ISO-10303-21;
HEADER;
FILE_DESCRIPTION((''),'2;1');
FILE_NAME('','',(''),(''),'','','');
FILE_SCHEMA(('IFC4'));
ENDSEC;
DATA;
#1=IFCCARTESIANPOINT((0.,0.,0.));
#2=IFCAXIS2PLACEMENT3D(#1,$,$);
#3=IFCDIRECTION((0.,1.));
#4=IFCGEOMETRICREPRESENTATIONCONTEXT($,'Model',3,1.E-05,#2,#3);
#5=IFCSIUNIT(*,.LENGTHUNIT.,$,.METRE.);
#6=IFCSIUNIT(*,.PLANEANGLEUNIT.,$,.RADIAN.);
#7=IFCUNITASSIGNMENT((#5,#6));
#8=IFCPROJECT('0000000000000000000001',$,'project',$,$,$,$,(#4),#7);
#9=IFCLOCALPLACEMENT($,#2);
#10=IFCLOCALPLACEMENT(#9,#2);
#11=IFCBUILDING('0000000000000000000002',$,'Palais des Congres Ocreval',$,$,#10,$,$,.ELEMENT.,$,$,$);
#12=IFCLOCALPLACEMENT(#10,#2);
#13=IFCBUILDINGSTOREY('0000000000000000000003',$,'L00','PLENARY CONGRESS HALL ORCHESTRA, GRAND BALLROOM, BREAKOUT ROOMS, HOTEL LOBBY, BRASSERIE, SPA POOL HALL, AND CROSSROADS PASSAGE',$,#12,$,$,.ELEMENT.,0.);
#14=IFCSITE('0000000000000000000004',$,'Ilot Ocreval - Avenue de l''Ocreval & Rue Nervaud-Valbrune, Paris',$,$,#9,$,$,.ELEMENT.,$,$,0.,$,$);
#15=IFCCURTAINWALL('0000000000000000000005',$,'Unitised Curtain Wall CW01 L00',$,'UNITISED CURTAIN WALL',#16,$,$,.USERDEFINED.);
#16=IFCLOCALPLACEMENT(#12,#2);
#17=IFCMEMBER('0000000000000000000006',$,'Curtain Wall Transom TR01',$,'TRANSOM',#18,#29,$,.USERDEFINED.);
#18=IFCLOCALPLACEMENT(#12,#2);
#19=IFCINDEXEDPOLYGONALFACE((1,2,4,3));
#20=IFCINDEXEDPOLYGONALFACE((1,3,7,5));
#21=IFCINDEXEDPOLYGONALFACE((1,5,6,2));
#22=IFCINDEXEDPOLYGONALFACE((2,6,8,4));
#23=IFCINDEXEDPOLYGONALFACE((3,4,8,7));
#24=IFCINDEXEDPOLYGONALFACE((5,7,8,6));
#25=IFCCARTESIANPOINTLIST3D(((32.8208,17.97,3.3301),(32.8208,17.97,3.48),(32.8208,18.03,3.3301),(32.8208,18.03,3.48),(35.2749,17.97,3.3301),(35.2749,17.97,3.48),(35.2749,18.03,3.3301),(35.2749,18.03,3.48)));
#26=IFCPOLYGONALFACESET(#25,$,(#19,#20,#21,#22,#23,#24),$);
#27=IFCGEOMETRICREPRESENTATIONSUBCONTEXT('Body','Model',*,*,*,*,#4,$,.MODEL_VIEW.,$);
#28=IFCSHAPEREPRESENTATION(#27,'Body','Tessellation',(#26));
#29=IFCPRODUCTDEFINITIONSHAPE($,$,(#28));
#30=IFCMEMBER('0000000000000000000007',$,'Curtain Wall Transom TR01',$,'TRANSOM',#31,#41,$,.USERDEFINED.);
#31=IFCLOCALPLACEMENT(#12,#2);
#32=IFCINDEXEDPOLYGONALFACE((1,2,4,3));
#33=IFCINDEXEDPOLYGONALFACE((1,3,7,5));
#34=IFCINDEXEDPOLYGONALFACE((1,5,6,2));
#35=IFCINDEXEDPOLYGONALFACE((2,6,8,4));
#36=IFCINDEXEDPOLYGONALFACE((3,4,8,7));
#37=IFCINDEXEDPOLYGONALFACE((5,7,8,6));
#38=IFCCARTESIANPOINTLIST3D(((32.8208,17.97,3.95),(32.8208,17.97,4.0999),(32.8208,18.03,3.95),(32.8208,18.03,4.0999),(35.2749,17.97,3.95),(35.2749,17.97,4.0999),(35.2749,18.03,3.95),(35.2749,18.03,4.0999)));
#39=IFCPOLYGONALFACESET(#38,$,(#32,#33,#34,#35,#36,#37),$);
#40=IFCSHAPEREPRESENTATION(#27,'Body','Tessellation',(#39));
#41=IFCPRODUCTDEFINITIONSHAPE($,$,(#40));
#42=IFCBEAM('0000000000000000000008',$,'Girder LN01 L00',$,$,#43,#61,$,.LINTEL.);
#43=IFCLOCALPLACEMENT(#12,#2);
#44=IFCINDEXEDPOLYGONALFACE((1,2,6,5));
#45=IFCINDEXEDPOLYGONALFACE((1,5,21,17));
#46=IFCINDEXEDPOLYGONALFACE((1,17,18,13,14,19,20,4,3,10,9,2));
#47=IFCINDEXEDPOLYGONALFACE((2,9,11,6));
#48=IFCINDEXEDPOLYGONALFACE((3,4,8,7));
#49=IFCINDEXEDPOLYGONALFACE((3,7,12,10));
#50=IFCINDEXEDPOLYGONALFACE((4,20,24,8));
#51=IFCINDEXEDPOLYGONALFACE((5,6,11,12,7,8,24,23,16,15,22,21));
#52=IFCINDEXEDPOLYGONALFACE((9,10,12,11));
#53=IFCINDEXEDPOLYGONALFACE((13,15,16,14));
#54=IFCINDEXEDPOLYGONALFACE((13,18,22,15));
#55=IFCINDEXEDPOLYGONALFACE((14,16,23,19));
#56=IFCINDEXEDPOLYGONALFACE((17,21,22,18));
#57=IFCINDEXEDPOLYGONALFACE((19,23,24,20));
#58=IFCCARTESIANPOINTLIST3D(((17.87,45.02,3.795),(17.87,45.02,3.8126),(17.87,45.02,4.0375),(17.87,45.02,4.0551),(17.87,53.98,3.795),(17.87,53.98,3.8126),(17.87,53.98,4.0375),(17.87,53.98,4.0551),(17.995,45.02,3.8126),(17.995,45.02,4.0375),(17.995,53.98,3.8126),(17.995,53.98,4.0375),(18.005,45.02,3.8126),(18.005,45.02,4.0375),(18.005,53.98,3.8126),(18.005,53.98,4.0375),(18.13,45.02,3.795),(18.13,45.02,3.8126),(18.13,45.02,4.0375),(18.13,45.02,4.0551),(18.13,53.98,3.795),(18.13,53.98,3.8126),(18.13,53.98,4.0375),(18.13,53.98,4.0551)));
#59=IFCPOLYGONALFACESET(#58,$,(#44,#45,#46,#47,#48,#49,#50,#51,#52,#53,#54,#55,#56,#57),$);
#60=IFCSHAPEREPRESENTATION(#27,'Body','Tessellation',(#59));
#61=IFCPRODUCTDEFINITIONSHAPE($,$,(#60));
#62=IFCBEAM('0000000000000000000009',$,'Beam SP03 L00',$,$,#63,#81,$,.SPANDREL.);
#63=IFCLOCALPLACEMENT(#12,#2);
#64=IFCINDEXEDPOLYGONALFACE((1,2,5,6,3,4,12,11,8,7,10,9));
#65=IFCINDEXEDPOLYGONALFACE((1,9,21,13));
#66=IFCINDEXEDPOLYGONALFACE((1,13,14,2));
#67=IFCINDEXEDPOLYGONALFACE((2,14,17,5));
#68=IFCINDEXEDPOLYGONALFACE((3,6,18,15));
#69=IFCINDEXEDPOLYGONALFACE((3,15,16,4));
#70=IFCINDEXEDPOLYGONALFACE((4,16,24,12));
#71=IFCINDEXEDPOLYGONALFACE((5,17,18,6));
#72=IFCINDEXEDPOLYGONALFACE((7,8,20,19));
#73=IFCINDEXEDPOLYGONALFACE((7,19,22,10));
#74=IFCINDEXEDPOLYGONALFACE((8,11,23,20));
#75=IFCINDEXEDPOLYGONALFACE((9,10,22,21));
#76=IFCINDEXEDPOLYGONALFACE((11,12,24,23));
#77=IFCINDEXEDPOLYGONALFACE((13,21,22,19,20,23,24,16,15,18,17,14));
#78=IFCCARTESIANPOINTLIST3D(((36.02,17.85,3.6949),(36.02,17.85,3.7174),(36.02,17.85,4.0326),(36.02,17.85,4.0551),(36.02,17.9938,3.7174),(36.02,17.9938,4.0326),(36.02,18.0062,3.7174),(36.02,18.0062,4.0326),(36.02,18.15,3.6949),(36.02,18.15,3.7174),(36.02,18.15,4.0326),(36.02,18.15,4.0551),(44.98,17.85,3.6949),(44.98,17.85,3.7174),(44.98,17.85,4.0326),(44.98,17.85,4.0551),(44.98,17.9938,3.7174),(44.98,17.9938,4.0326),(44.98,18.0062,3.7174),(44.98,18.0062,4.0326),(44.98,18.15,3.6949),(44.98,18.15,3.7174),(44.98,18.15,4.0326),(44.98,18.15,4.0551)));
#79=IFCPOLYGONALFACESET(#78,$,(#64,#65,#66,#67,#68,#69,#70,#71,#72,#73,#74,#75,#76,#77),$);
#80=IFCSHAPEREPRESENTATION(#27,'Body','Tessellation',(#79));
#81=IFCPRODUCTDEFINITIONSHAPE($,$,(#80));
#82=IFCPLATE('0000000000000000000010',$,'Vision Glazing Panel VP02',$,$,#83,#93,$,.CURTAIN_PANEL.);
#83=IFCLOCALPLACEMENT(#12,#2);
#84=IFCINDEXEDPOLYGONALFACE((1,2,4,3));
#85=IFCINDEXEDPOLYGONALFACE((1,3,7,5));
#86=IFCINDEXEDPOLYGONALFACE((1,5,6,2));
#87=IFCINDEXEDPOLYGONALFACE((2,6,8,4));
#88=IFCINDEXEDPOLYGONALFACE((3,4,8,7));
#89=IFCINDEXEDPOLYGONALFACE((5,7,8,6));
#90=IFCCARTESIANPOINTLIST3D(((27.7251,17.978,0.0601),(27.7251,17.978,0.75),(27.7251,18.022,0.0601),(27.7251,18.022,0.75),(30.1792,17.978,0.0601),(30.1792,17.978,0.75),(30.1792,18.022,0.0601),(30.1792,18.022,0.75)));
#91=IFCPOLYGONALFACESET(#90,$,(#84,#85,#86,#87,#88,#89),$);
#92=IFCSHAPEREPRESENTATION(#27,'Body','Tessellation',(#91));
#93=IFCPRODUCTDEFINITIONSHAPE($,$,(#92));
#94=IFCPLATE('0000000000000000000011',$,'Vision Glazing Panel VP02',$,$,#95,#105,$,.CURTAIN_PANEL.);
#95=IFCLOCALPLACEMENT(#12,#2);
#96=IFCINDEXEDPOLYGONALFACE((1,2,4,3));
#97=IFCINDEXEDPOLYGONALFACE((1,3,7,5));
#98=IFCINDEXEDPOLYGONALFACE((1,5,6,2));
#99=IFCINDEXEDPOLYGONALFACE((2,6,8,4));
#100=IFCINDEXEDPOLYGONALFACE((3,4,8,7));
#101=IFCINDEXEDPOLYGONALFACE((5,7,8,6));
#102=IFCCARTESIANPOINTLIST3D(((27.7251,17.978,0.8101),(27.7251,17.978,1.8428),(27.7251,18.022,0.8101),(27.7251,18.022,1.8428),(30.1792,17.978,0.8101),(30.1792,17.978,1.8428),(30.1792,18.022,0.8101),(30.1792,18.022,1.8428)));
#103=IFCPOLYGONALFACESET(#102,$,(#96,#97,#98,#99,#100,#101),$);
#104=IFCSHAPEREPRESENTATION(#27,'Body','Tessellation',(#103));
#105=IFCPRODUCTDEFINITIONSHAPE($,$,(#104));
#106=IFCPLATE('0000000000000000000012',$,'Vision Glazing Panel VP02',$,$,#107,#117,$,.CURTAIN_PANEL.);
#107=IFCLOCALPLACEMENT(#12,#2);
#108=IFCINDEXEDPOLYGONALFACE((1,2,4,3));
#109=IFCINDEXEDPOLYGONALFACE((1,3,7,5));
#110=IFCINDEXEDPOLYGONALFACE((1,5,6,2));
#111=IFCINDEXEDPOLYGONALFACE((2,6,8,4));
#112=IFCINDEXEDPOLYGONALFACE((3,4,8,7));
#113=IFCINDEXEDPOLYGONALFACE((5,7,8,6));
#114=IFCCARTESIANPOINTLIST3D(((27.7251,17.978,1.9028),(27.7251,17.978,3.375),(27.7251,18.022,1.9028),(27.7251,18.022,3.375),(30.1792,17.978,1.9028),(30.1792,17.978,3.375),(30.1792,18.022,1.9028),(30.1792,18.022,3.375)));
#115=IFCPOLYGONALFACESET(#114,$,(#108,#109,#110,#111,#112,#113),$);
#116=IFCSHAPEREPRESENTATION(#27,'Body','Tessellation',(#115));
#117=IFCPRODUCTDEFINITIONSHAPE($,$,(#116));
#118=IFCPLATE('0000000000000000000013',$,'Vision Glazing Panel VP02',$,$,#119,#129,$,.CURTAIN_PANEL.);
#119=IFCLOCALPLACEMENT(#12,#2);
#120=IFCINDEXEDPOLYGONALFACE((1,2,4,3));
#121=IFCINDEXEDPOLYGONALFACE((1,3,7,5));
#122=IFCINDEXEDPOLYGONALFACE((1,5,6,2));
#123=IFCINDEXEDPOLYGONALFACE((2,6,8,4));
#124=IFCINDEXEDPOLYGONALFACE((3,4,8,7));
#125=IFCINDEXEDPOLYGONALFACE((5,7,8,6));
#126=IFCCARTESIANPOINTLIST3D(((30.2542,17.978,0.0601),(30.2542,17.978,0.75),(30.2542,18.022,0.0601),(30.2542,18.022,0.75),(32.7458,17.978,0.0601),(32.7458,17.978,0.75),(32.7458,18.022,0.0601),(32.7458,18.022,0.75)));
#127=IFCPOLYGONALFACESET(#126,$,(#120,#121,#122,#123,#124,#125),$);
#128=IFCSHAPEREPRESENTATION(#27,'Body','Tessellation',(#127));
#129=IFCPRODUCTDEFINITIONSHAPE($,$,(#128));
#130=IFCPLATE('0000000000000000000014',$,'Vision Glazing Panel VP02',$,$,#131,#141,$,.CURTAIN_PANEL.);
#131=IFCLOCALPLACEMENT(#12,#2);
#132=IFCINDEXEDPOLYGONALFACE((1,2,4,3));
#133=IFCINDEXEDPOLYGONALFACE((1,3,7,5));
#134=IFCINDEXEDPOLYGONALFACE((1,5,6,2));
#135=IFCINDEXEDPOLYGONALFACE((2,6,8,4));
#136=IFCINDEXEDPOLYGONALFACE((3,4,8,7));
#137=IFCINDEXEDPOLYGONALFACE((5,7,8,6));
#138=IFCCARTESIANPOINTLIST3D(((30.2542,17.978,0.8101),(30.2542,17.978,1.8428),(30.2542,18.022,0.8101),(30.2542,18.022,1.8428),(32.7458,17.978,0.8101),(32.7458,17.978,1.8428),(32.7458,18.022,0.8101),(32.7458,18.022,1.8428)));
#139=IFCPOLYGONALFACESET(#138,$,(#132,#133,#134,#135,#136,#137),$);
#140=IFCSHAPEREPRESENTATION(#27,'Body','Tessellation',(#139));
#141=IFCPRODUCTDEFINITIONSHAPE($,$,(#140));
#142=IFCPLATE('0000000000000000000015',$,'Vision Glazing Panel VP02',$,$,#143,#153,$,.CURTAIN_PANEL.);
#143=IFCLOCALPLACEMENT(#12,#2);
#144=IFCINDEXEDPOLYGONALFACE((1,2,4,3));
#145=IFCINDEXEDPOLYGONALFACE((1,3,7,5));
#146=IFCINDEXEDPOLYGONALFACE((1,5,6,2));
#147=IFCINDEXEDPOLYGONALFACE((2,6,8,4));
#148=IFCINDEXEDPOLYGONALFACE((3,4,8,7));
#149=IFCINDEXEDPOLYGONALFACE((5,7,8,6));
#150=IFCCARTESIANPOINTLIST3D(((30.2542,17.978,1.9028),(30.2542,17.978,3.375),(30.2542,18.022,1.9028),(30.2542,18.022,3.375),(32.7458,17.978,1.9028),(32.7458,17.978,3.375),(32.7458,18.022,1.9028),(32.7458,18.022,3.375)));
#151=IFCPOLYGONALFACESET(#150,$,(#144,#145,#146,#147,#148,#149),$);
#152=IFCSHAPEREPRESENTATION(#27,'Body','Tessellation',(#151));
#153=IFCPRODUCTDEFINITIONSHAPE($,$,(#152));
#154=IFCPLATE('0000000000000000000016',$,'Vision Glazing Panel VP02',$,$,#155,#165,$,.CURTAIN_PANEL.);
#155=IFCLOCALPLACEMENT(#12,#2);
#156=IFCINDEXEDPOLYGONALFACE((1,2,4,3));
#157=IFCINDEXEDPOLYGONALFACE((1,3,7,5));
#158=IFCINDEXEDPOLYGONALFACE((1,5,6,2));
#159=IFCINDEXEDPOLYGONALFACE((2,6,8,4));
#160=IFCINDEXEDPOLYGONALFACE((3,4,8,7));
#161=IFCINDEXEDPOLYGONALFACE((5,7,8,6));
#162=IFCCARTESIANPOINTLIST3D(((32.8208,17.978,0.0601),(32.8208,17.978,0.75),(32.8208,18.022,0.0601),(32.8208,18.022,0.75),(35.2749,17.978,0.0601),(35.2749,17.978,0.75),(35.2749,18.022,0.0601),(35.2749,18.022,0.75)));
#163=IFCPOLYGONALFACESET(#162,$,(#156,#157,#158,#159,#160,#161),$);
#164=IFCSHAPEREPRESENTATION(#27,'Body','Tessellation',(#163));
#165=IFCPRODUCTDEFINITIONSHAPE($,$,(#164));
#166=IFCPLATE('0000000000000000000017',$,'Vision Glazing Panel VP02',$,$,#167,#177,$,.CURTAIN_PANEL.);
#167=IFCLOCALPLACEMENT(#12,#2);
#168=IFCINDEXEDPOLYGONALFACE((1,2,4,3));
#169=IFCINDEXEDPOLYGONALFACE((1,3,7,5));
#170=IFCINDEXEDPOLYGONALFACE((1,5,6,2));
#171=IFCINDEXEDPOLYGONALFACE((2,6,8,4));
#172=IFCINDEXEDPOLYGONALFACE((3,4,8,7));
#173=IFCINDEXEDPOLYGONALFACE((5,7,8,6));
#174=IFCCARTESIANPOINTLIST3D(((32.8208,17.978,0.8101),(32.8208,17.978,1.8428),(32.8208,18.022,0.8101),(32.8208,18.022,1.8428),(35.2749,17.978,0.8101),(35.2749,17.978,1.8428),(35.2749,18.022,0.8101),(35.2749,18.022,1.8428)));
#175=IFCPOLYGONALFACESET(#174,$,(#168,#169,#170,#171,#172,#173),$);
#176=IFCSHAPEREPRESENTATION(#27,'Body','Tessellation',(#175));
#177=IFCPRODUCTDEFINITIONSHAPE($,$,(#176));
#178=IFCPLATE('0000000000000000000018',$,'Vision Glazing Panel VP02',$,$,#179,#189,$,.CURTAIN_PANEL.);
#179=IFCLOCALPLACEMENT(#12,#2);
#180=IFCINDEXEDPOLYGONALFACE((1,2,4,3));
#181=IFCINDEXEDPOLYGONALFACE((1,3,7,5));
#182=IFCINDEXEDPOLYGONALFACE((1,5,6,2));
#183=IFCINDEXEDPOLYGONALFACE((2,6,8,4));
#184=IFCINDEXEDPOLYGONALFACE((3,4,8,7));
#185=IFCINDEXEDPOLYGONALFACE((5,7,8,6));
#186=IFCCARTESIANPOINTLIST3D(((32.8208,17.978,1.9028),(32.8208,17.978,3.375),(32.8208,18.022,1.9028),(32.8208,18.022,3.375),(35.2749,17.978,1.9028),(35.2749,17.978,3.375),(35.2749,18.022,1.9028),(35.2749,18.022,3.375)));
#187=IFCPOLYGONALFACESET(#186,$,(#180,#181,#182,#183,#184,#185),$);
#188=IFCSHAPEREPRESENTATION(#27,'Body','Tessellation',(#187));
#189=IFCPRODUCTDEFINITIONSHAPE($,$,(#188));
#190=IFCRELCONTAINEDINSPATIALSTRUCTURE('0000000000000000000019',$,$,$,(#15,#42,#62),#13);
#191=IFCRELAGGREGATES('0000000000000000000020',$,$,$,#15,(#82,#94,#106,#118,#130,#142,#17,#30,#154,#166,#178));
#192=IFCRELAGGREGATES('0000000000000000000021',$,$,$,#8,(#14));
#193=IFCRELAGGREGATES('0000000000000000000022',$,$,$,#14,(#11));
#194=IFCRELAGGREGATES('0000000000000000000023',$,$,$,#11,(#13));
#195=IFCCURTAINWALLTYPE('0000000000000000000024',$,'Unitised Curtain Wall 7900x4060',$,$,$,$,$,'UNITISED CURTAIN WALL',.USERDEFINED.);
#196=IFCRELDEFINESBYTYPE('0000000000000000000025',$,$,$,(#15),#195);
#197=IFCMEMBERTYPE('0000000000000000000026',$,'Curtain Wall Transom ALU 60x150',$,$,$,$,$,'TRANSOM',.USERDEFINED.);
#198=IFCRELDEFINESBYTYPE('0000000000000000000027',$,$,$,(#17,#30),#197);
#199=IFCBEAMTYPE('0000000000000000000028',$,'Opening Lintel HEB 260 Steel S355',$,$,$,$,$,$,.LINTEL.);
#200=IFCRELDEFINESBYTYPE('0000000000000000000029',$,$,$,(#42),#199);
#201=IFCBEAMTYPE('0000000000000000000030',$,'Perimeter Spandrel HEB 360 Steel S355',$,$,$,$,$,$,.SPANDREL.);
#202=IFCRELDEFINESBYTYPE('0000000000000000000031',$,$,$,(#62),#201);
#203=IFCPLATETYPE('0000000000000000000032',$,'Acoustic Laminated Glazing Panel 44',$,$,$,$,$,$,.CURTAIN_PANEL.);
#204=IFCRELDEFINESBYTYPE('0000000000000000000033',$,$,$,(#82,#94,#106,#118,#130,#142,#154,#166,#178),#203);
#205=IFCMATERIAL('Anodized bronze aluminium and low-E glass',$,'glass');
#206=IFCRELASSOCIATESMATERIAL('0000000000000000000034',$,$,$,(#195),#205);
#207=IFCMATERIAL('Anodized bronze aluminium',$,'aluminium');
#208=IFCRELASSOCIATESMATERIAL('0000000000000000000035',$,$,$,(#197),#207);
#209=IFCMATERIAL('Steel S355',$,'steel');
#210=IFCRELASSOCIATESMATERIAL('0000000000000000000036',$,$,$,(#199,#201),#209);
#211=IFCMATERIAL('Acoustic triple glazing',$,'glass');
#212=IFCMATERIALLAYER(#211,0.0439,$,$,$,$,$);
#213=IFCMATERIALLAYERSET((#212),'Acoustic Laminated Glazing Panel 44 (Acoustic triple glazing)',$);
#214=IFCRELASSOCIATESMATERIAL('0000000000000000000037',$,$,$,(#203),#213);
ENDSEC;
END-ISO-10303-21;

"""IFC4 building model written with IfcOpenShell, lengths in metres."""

from ifc_helpers import new_model, si_unit, direction, frame, origin, origin_2d, place, context, subcontext, project, spatial, rectangle, i_section, extrude, material, layer, layer_set, material_profile, profile_set, type_object, element, aggregate, save


model = new_model("IFC4")

# Units and contexts
model_context = context("Model", 3, precision=1e-05, world=origin(), true_north=direction((0.0, 1.0)))
body_context = subcontext(model_context, "Body", "Model", "MODEL_VIEW")
ifc_project = project(units=[si_unit("LENGTHUNIT", "METRE"), si_unit("PLANEANGLEUNIT", "RADIAN")], contexts=[model_context])

# Site, building, storey
site_placement = place(None, origin())
site = spatial("IfcSite", under=ifc_project, at=site_placement, Name="Ilot Ocreval - Avenue de l'Ocreval & Rue Nervaud-Valbrune, Paris", CompositionType="ELEMENT", RefElevation=0.0)
building_placement = place(site_placement, origin())
building = spatial("IfcBuilding", under=site, at=building_placement, Name="Palais des Congres Ocreval", CompositionType="ELEMENT")
storey_placement = place(building_placement, origin())
storey = spatial("IfcBuildingStorey", under=building, at=storey_placement, Name="L00", Description="PLENARY CONGRESS HALL ORCHESTRA, GRAND BALLROOM, BREAKOUT ROOMS, HOTEL LOBBY, BRASSERIE, SPA POOL HALL, AND CROSSROADS PASSAGE", CompositionType="ELEMENT", Elevation=0.0)

# Curtain wall, members
ifc_material_1 = material(Name="Anodized bronze aluminium and low-E glass", Category="glass")
curtain_wall_type = type_object("IfcCurtainWallType", Name="Unitised Curtain Wall 7900x4060", ElementType="UNITISED CURTAIN WALL", PredefinedType="USERDEFINED", material=ifc_material_1)
curtain_wall_placement = place(storey_placement, origin())
curtain_wall = element("IfcCurtainWall", 1, at=curtain_wall_placement, inside=storey, type_object=curtain_wall_type, Name="Unitised Curtain Wall CW01 L00", ObjectType="UNITISED CURTAIN WALL", PredefinedType="USERDEFINED")
ifc_material_2 = material(Name="Anodized bronze aluminium", Category="aluminium")
ifc_material_profile_1 = material_profile(ifc_material_2, rectangle(XDim=0.0601, YDim=0.1499, at=origin_2d()), Name="ALU 60x150")
ifc_profile_set_1 = profile_set([ifc_material_profile_1], Name="Anodized bronze aluminium")
member_type_1 = type_object("IfcMemberType", Name="Curtain Wall Transom ALU 60x150", ElementType="TRANSOM", PredefinedType="USERDEFINED", material=ifc_profile_set_1)
member_1_placement = place(storey_placement, frame((32.8208, 18.0, 3.405), z_axis=(1.0, 0.0, 0.0), x_axis=(0.0, 1.0, 0.0)))
member_1 = element("IfcMember", 2, at=member_1_placement, type_object=member_type_1, Name="Curtain Wall Transom TR01", ObjectType="TRANSOM", PredefinedType="USERDEFINED", context=body_context, shape_type="SweptSolid", body=[
    extrude(rectangle(XDim=0.0601, YDim=0.1499, at=origin_2d()), origin(), (0.0, 0.0, 1.0), 2.4541),
])
member_2_placement = place(storey_placement, frame((32.8208, 18.0, 4.0249), z_axis=(1.0, 0.0, 0.0), x_axis=(0.0, 1.0, 0.0)))
member_2 = element("IfcMember", 3, at=member_2_placement, type_object=member_type_1, Name="Curtain Wall Transom TR01", ObjectType="TRANSOM", PredefinedType="USERDEFINED", context=body_context, shape_type="SweptSolid", body=[
    extrude(rectangle(XDim=0.0601, YDim=0.1499, at=origin_2d()), origin(), (0.0, 0.0, 1.0), 2.4541),
])

# Beams
ifc_material_3 = material(Name="Steel S355", Category="steel")
ifc_material_profile_2 = material_profile(ifc_material_3, i_section(OverallWidth=0.26, OverallDepth=0.26, WebThickness=0.01, FlangeThickness=0.0176, at=origin_2d()), Name="HEB 260")
ifc_profile_set_2 = profile_set([ifc_material_profile_2], Name="Steel S355")
beam_type_1 = type_object("IfcBeamType", Name="Opening Lintel HEB 260 Steel S355", PredefinedType="LINTEL", material=ifc_profile_set_2)
beam_1_placement = place(storey_placement, frame((18.0, 45.02, 3.925), z_axis=(0.0, 1.0, 0.0), x_axis=(-1.0, 0.0, 0.0)))
element("IfcBeam", 4, at=beam_1_placement, inside=storey, type_object=beam_type_1, Name="Girder LN01 L00", PredefinedType="LINTEL", context=body_context, shape_type="SweptSolid", body=[
    extrude(i_section(OverallWidth=0.26, OverallDepth=0.26, WebThickness=0.01, FlangeThickness=0.0176, at=origin_2d()), origin(), (0.0, 0.0, 1.0), 8.96),
])
ifc_material_profile_3 = material_profile(ifc_material_3, i_section(OverallWidth=0.3, OverallDepth=0.3601, WebThickness=0.0125, FlangeThickness=0.0225, at=origin_2d()), Name="HEB 360")
ifc_profile_set_3 = profile_set([ifc_material_profile_3], Name="Steel S355")
beam_type_2 = type_object("IfcBeamType", Name="Perimeter Spandrel HEB 360 Steel S355", PredefinedType="SPANDREL", material=ifc_profile_set_3)
beam_2_placement = place(storey_placement, frame((36.02, 18.0, 3.875), z_axis=(1.0, 0.0, 0.0), x_axis=(0.0, 1.0, 0.0)))
element("IfcBeam", 5, at=beam_2_placement, inside=storey, type_object=beam_type_2, Name="Beam SP03 L00", PredefinedType="SPANDREL", context=body_context, shape_type="SweptSolid", body=[
    extrude(i_section(OverallWidth=0.3, OverallDepth=0.3601, WebThickness=0.0125, FlangeThickness=0.0225, at=origin_2d()), origin(), (0.0, 0.0, 1.0), 8.96),
])

# Plates
ifc_material_4 = material(Name="Acoustic triple glazing", Category="glass")
ifc_layer_1 = layer(ifc_material_4, 0.0439)
ifc_layer_set_1 = layer_set([ifc_layer_1], Name="Acoustic Laminated Glazing Panel 44 (Acoustic triple glazing)")
plate_type_1 = type_object("IfcPlateType", Name="Acoustic Laminated Glazing Panel 44", PredefinedType="CURTAIN_PANEL", material=ifc_layer_set_1)
plate_1_placement = place(storey_placement, frame((28.9521, 18.0, 0.0601), z_axis=(0.0, 0.0, 1.0), x_axis=(1.0, 0.0, 0.0)))
plate_1 = element("IfcPlate", 6, at=plate_1_placement, type_object=plate_type_1, Name="Vision Glazing Panel VP02", PredefinedType="CURTAIN_PANEL", context=body_context, shape_type="SweptSolid", body=[
    extrude(rectangle(XDim=2.4541, YDim=0.0439, at=origin_2d()), origin(), (0.0, 0.0, 1.0), 0.6899),
])
plate_2_placement = place(storey_placement, frame((28.9521, 18.0, 0.8101), z_axis=(0.0, 0.0, 1.0), x_axis=(1.0, 0.0, 0.0)))
plate_2 = element("IfcPlate", 7, at=plate_2_placement, type_object=plate_type_1, Name="Vision Glazing Panel VP02", PredefinedType="CURTAIN_PANEL", context=body_context, shape_type="SweptSolid", body=[
    extrude(rectangle(XDim=2.4541, YDim=0.0439, at=origin_2d()), origin(), (0.0, 0.0, 1.0), 1.0327),
])
plate_3_placement = place(storey_placement, frame((28.9521, 18.0, 1.9028), z_axis=(0.0, 0.0, 1.0), x_axis=(1.0, 0.0, 0.0)))
plate_3 = element("IfcPlate", 8, at=plate_3_placement, type_object=plate_type_1, Name="Vision Glazing Panel VP02", PredefinedType="CURTAIN_PANEL", context=body_context, shape_type="SweptSolid", body=[
    extrude(rectangle(XDim=2.4541, YDim=0.0439, at=origin_2d()), origin(), (0.0, 0.0, 1.0), 1.4722),
])
plate_4_placement = place(storey_placement, frame((31.5, 18.0, 0.0601), z_axis=(0.0, 0.0, 1.0), x_axis=(1.0, 0.0, 0.0)))
plate_4 = element("IfcPlate", 9, at=plate_4_placement, type_object=plate_type_1, Name="Vision Glazing Panel VP02", PredefinedType="CURTAIN_PANEL", context=body_context, shape_type="SweptSolid", body=[
    extrude(rectangle(XDim=2.4917, YDim=0.0439, at=origin_2d()), origin(), (0.0, 0.0, 1.0), 0.6899),
])
plate_5_placement = place(storey_placement, frame((31.5, 18.0, 0.8101), z_axis=(0.0, 0.0, 1.0), x_axis=(1.0, 0.0, 0.0)))
plate_5 = element("IfcPlate", 10, at=plate_5_placement, type_object=plate_type_1, Name="Vision Glazing Panel VP02", PredefinedType="CURTAIN_PANEL", context=body_context, shape_type="SweptSolid", body=[
    extrude(rectangle(XDim=2.4917, YDim=0.0439, at=origin_2d()), origin(), (0.0, 0.0, 1.0), 1.0327),
])
plate_6_placement = place(storey_placement, frame((31.5, 18.0, 1.9028), z_axis=(0.0, 0.0, 1.0), x_axis=(1.0, 0.0, 0.0)))
plate_6 = element("IfcPlate", 11, at=plate_6_placement, type_object=plate_type_1, Name="Vision Glazing Panel VP02", PredefinedType="CURTAIN_PANEL", context=body_context, shape_type="SweptSolid", body=[
    extrude(rectangle(XDim=2.4917, YDim=0.0439, at=origin_2d()), origin(), (0.0, 0.0, 1.0), 1.4722),
])
plate_7_placement = place(storey_placement, frame((34.0479, 18.0, 0.0601), z_axis=(0.0, 0.0, 1.0), x_axis=(1.0, 0.0, 0.0)))
plate_7 = element("IfcPlate", 12, at=plate_7_placement, type_object=plate_type_1, Name="Vision Glazing Panel VP02", PredefinedType="CURTAIN_PANEL", context=body_context, shape_type="SweptSolid", body=[
    extrude(rectangle(XDim=2.4541, YDim=0.0439, at=origin_2d()), origin(), (0.0, 0.0, 1.0), 0.6899),
])
plate_8_placement = place(storey_placement, frame((34.0479, 18.0, 0.8101), z_axis=(0.0, 0.0, 1.0), x_axis=(1.0, 0.0, 0.0)))
plate_8 = element("IfcPlate", 13, at=plate_8_placement, type_object=plate_type_1, Name="Vision Glazing Panel VP02", PredefinedType="CURTAIN_PANEL", context=body_context, shape_type="SweptSolid", body=[
    extrude(rectangle(XDim=2.4541, YDim=0.0439, at=origin_2d()), origin(), (0.0, 0.0, 1.0), 1.0327),
])
plate_9_placement = place(storey_placement, frame((34.0479, 18.0, 1.9028), z_axis=(0.0, 0.0, 1.0), x_axis=(1.0, 0.0, 0.0)))
plate_9 = element("IfcPlate", 14, at=plate_9_placement, type_object=plate_type_1, Name="Vision Glazing Panel VP02", PredefinedType="CURTAIN_PANEL", context=body_context, shape_type="SweptSolid", body=[
    extrude(rectangle(XDim=2.4541, YDim=0.0439, at=origin_2d()), origin(), (0.0, 0.0, 1.0), 1.4722),
])
aggregate(curtain_wall, [plate_1, plate_2, plate_3, plate_4, plate_5, plate_6, member_1, member_2, plate_7, plate_8, plate_9])

save(model, "model.ifc")
